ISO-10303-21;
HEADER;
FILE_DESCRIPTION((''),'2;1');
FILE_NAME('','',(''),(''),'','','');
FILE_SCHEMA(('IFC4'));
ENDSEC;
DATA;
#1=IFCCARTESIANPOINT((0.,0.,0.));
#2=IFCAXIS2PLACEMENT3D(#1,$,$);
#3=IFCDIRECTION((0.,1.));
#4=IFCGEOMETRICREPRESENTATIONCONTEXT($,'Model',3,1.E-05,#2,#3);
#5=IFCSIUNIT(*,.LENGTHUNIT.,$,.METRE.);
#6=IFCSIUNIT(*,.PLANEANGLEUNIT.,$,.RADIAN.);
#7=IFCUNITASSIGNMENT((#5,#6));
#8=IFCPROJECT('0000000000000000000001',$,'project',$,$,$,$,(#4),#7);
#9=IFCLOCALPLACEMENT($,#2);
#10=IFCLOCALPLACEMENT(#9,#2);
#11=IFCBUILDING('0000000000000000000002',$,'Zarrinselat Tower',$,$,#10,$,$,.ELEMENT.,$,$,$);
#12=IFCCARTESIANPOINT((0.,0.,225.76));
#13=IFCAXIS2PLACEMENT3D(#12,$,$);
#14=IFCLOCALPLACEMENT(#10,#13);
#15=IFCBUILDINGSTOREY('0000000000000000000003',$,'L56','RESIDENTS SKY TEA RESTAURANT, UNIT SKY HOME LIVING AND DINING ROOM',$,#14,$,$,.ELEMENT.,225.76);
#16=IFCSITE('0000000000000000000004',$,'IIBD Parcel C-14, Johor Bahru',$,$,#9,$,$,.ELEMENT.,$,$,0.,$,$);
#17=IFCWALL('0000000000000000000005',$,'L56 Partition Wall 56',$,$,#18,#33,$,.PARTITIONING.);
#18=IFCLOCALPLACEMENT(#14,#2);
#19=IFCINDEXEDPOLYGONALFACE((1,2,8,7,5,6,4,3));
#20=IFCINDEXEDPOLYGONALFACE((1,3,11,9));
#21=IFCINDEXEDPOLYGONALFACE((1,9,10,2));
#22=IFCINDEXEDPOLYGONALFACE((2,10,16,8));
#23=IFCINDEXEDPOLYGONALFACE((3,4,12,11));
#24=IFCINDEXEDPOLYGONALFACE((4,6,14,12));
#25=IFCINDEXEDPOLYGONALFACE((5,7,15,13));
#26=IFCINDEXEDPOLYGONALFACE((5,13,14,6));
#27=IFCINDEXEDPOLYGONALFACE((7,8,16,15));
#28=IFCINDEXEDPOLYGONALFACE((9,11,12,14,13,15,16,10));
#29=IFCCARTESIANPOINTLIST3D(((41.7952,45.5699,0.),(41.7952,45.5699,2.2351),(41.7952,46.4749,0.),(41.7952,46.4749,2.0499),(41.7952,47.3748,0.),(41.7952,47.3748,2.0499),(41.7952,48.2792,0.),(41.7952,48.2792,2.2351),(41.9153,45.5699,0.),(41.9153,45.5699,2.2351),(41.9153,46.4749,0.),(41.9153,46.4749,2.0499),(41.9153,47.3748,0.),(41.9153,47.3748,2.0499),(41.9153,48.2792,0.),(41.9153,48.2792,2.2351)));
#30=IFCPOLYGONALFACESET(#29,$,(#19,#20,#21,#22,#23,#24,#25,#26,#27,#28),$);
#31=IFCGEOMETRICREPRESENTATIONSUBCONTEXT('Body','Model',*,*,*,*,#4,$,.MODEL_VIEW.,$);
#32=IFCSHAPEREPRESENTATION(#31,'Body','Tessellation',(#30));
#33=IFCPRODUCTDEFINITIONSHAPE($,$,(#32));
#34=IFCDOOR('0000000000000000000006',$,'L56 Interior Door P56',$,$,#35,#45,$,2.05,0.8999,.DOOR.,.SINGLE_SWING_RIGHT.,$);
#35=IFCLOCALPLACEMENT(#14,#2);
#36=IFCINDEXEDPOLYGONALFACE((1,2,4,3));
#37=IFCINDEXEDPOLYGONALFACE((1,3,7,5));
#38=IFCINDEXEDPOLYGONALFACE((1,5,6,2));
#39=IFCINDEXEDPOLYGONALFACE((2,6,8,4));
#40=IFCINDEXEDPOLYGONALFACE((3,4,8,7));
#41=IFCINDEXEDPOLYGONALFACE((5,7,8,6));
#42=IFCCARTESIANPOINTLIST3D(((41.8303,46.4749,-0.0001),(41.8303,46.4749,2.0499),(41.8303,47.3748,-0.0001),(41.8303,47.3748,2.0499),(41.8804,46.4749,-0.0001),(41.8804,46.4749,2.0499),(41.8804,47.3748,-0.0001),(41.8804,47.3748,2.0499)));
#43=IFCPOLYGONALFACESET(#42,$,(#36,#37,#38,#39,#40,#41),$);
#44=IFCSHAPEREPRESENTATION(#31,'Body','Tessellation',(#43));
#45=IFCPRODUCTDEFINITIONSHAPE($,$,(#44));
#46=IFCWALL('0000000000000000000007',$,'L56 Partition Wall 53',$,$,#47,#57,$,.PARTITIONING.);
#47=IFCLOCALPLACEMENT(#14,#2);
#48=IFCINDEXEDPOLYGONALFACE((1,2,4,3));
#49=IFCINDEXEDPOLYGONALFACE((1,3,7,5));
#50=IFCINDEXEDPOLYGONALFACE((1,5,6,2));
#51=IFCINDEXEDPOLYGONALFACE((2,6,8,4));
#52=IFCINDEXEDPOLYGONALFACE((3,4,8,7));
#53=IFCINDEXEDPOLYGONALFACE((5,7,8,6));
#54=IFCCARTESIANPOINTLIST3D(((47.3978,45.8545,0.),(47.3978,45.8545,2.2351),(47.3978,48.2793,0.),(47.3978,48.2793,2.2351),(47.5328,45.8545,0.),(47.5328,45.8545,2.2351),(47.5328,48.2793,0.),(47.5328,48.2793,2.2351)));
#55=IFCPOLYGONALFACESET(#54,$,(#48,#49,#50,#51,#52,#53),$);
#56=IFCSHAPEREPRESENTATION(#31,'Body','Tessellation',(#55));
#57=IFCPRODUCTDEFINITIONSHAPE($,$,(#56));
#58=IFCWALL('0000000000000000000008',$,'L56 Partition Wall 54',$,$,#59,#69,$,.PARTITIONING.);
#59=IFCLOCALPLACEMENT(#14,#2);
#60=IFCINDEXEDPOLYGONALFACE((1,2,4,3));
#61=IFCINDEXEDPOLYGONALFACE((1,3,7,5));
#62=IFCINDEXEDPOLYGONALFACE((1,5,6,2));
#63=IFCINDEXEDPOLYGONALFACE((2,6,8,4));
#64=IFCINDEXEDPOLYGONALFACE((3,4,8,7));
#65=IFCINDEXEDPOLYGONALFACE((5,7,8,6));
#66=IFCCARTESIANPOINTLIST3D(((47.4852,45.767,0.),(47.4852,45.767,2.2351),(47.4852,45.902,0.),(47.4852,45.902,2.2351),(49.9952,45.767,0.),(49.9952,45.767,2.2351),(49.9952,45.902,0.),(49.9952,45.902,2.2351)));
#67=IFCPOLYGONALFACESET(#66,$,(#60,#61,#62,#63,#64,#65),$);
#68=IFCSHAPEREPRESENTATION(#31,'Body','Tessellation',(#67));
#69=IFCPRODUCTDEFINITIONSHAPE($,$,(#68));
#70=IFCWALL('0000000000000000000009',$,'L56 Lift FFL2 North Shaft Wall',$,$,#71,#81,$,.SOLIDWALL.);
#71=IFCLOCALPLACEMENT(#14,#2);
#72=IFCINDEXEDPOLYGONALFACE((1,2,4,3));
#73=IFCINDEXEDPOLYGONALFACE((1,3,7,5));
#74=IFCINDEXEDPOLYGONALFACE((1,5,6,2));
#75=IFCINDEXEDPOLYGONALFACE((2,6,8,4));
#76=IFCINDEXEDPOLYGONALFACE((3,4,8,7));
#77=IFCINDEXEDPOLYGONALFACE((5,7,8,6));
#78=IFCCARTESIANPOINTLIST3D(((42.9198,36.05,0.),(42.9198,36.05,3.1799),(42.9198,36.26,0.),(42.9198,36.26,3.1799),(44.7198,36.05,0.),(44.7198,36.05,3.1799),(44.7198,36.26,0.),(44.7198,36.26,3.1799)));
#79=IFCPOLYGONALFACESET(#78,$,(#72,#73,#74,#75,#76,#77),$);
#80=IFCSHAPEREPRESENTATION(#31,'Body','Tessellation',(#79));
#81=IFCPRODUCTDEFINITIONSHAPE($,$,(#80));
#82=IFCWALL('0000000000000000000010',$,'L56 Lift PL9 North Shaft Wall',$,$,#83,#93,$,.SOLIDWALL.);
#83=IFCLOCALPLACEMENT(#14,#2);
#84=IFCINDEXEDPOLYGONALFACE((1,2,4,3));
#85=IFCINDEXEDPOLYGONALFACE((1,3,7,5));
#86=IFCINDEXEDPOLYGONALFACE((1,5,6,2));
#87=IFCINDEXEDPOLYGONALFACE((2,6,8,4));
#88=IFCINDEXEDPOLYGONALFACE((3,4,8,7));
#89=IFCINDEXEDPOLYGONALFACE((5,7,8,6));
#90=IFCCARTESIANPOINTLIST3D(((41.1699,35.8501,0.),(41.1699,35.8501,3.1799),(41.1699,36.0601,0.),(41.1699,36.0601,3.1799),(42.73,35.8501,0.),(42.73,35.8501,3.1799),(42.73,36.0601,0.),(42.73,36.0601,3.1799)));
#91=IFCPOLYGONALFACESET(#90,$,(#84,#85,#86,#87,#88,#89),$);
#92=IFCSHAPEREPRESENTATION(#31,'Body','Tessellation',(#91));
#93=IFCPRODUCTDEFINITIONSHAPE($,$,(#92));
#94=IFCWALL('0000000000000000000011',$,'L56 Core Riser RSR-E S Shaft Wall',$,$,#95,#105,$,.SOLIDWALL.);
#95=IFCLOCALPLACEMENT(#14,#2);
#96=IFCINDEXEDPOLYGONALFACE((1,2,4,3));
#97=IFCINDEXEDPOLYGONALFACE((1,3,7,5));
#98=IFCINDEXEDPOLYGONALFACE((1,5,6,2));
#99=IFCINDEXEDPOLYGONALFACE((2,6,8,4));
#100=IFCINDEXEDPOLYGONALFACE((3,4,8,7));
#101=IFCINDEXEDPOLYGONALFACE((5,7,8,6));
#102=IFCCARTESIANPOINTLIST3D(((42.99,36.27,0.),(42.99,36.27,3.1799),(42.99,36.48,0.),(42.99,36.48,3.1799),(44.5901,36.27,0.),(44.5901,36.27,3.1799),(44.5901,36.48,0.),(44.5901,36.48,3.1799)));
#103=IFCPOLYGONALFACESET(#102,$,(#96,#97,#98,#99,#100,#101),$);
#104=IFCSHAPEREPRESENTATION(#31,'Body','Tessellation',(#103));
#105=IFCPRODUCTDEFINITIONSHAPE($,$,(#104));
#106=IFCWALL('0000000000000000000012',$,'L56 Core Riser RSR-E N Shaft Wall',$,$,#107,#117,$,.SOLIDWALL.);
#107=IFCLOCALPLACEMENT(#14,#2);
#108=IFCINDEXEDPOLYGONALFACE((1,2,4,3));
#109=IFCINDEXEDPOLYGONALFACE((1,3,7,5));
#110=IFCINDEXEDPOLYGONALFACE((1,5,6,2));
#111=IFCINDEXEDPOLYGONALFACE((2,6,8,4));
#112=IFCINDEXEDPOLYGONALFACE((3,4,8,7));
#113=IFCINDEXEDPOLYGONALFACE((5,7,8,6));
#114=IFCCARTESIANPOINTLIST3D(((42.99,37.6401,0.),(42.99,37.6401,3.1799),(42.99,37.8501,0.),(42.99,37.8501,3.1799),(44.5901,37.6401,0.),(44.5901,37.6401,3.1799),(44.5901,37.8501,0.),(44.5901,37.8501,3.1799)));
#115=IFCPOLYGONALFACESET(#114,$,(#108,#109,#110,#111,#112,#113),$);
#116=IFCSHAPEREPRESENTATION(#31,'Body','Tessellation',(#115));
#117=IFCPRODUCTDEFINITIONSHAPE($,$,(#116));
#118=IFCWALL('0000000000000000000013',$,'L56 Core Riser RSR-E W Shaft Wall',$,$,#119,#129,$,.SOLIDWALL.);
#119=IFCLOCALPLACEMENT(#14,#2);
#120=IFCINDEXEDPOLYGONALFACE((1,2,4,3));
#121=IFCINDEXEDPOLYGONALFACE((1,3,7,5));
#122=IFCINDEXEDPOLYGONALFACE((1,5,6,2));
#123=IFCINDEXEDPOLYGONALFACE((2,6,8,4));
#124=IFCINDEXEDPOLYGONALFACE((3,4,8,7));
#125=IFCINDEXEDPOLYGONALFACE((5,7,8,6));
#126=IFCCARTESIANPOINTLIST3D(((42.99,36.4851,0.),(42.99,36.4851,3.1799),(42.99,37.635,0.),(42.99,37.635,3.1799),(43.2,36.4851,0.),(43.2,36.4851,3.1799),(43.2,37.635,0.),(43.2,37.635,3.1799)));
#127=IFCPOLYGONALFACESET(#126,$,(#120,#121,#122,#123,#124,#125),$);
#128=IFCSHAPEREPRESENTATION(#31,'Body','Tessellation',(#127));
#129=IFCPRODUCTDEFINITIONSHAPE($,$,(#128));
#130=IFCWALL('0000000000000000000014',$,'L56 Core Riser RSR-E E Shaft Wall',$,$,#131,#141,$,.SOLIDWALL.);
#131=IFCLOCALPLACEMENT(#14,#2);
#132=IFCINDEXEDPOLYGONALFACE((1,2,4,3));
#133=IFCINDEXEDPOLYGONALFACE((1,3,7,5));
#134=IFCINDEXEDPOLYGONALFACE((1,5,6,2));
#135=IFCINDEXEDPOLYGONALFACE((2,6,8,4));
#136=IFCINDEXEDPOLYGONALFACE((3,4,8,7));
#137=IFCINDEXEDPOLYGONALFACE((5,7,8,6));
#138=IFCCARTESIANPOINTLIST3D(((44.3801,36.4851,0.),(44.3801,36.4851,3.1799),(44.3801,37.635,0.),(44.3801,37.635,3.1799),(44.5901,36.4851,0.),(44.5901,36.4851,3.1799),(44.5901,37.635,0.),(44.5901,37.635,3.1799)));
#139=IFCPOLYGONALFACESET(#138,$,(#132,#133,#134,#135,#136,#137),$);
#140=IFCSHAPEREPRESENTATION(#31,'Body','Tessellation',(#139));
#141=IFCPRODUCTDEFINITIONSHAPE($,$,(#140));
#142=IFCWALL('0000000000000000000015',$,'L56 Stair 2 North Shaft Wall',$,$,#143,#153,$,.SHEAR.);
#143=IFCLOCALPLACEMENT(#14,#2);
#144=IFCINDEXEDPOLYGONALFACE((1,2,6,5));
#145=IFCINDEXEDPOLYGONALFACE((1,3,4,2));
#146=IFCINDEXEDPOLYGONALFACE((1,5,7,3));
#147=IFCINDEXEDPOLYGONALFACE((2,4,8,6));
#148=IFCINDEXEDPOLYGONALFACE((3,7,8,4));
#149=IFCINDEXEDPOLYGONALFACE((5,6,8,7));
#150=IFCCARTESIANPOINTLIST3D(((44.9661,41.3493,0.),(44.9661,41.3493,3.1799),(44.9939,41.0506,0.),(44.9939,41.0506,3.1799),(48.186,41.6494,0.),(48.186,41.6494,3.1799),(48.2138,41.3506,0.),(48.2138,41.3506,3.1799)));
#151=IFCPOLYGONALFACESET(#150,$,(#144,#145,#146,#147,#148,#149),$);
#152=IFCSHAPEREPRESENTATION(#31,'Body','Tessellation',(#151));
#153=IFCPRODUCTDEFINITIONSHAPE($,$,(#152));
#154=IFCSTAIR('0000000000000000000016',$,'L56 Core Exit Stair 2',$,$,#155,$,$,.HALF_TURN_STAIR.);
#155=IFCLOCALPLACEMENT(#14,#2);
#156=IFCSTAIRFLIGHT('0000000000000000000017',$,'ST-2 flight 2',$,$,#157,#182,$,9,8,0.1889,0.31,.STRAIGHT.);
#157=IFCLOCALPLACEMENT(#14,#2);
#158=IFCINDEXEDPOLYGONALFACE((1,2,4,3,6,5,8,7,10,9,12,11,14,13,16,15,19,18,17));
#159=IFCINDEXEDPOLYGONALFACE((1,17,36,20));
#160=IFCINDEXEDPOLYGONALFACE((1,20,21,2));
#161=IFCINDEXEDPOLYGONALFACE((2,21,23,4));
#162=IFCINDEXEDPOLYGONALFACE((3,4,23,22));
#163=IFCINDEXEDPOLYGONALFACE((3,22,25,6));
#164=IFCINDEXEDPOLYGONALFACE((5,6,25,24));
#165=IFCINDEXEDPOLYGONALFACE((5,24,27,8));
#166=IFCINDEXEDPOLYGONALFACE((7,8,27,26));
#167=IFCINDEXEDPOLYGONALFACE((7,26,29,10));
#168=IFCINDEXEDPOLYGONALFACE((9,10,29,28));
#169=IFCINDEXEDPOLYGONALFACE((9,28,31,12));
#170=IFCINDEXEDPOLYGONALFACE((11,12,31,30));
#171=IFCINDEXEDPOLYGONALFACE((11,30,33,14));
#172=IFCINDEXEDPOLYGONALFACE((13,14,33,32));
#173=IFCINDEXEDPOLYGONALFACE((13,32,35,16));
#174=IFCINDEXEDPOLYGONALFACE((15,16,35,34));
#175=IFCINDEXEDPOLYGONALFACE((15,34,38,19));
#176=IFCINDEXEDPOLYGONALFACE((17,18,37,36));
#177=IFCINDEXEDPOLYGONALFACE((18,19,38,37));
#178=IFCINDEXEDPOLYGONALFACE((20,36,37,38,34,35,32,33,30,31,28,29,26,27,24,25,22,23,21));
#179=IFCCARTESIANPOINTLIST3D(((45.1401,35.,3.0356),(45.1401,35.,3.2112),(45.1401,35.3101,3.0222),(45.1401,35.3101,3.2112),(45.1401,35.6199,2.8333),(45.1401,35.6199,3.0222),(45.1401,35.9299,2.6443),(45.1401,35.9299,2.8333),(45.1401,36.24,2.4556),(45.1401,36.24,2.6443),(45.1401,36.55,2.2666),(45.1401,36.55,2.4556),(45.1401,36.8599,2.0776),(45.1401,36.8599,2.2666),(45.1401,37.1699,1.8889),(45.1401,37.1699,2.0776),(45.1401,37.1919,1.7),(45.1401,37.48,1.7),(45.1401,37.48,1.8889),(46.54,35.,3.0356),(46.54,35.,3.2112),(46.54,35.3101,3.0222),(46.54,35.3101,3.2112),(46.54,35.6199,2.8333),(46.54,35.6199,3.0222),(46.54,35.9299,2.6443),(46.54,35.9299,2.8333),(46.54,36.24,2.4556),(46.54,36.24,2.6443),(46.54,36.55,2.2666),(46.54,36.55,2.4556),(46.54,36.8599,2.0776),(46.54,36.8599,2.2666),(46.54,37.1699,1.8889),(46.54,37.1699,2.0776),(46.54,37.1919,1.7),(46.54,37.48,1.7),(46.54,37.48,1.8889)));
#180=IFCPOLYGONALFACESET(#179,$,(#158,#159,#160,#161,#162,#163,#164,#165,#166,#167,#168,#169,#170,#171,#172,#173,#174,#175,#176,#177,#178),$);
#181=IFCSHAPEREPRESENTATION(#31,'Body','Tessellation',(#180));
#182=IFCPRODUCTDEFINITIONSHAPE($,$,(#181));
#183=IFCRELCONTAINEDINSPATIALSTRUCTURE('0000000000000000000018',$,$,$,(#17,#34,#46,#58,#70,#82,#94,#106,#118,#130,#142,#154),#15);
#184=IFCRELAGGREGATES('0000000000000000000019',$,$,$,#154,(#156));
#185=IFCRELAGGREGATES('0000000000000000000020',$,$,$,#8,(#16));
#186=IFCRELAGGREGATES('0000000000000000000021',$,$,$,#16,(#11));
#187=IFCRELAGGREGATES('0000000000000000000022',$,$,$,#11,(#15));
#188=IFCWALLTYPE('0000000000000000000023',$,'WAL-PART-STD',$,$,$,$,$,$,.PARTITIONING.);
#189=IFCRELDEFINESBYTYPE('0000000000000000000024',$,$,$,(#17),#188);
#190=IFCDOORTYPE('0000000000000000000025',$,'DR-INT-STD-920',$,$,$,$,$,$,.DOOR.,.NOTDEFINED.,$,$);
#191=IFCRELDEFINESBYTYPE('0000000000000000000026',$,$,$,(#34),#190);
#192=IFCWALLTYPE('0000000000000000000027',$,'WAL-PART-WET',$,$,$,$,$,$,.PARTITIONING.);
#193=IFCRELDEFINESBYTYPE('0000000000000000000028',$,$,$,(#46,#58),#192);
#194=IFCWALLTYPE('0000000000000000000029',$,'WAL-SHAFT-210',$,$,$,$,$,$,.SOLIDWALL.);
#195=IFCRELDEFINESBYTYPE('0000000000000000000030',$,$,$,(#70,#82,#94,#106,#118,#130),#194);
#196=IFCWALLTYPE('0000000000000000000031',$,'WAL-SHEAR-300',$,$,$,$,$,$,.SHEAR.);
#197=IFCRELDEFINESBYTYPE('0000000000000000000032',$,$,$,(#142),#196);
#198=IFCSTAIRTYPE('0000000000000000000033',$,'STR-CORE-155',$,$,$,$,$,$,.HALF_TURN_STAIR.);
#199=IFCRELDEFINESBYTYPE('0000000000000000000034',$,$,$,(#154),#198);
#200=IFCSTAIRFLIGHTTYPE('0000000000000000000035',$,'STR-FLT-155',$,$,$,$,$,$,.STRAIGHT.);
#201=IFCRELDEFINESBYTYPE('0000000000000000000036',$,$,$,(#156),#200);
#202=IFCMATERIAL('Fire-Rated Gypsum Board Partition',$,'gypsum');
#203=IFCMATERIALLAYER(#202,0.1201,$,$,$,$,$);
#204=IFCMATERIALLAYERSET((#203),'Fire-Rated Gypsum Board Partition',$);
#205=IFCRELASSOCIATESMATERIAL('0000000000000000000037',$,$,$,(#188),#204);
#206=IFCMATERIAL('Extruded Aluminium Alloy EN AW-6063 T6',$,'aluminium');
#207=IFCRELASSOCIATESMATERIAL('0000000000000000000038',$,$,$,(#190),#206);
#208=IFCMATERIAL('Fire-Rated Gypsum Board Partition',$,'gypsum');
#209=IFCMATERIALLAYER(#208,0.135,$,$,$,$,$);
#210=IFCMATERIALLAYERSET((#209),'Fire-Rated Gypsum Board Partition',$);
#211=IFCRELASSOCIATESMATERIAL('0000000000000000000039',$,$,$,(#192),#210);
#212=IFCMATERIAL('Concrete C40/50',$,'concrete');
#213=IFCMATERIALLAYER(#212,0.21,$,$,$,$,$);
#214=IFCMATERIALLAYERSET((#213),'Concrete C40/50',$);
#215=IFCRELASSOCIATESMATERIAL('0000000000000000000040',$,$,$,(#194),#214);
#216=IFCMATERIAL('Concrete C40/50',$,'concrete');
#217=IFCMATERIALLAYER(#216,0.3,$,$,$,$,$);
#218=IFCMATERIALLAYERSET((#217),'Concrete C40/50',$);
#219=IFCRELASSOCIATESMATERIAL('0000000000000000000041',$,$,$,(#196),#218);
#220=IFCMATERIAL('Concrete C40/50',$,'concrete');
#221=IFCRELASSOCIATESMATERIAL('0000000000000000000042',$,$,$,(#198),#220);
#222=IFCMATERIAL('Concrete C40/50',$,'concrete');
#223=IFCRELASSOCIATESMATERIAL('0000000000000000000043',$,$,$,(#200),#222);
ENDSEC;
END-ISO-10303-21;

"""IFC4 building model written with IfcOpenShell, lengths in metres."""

from ifc_helpers import new_model, si_unit, direction, frame, frame_2d, origin, place, context, subcontext, project, spatial, polyline, rectangle, outline, extrude, material, layer, layer_set, type_object, element, fill, aggregate, save


model = new_model("IFC4")

# Units and contexts
model_context = context("Model", 3, precision=1e-05, world=origin(), true_north=direction((0.0, 1.0)))
body_context = subcontext(model_context, "Body", "Model", "MODEL_VIEW")
ifc_project = project(units=[si_unit("LENGTHUNIT", "METRE"), si_unit("PLANEANGLEUNIT", "RADIAN")], contexts=[model_context])

# Site, building, storey
site_placement = place(None, origin())
site = spatial("IfcSite", under=ifc_project, at=site_placement, Name="IIBD Parcel C-14, Johor Bahru", CompositionType="ELEMENT", RefElevation=0.0)
building_placement = place(site_placement, origin())
building = spatial("IfcBuilding", under=site, at=building_placement, Name="Zarrinselat Tower", CompositionType="ELEMENT")
storey_placement = place(building_placement, frame((0.0, 0.0, 225.76)))
storey = spatial("IfcBuildingStorey", under=building, at=storey_placement, Name="L56", Description="RESIDENTS SKY TEA RESTAURANT, UNIT SKY HOME LIVING AND DINING ROOM", CompositionType="ELEMENT", Elevation=225.76)

# Wall, opening, door
ifc_material_1 = material(Name="Fire-Rated Gypsum Board Partition", Category="gypsum")
ifc_layer_1 = layer(ifc_material_1, 0.1201)
ifc_layer_set_1 = layer_set([ifc_layer_1], Name="Fire-Rated Gypsum Board Partition")
wall_type_1 = type_object("IfcWallType", Name="WAL-PART-STD", PredefinedType="PARTITIONING", material=ifc_layer_set_1)
wall_1_placement = place(storey_placement, frame((41.8552, 45.5701, 0.0), z_axis=(0.0, 0.0, 1.0), x_axis=(0.0, 1.0, 0.0)))
wall_1 = element("IfcWall", 1, at=wall_1_placement, inside=storey, type_object=wall_type_1, Name="L56 Partition Wall 56", PredefinedType="PARTITIONING", context=body_context, shape_type="SweptSolid", body=[
    extrude(rectangle(XDim=2.7092, YDim=0.1201, at=frame_2d((1.3545, 0.0))), origin(), (0.0, 0.0, 1.0), 2.2351),
])
opening_1_placement = place(wall_1_placement, frame((0.9048, 0.0, 0.0)))
opening_1 = element("IfcOpeningElement", 2, at=opening_1_placement, cuts=wall_1, PredefinedType="OPENING", context=body_context, shape_type="SweptSolid", body=[
    extrude(rectangle(XDim=0.8999, YDim=2.05, at=frame_2d((0.45, 1.0249))), frame((0.0, 0.0701, 0.0), z_axis=(0.0, -1.0, 0.0), x_axis=(1.0, 0.0, 0.0)), (0.0, 0.0, 1.0), 0.1401),
])
ifc_material_2 = material(Name="Extruded Aluminium Alloy EN AW-6063 T6", Category="aluminium")
door_type_1 = type_object("IfcDoorType", Name="DR-INT-STD-920", OperationType="NOTDEFINED", PredefinedType="DOOR", material=ifc_material_2)
door_1_placement = place(opening_1_placement, origin())
door_1 = element("IfcDoor", 3, at=door_1_placement, inside=storey, type_object=door_type_1, Name="L56 Interior Door P56", OperationType="SINGLE_SWING_RIGHT", OverallHeight=2.05, OverallWidth=0.8999, PredefinedType="DOOR", context=body_context, shape_type="SweptSolid", body=[
    extrude(rectangle(XDim=0.8999, YDim=2.05, at=frame_2d((0.45, 1.0249))), frame((0.0, 0.0249, 0.0), z_axis=(0.0, -1.0, 0.0), x_axis=(1.0, 0.0, 0.0)), (0.0, 0.0, 1.0), 0.05),
])
fill(opening_1, door_1)

# Walls
ifc_material_3 = material(Name="Fire-Rated Gypsum Board Partition", Category="gypsum")
ifc_layer_2 = layer(ifc_material_3, 0.135)
ifc_layer_set_2 = layer_set([ifc_layer_2], Name="Fire-Rated Gypsum Board Partition")
wall_type_2 = type_object("IfcWallType", Name="WAL-PART-WET", PredefinedType="PARTITIONING", material=ifc_layer_set_2)
wall_2_placement = place(storey_placement, frame((47.4653, 45.8545, 0.0), z_axis=(0.0, 0.0, 1.0), x_axis=(0.0, 1.0, 0.0)))
element("IfcWall", 4, at=wall_2_placement, inside=storey, type_object=wall_type_2, Name="L56 Partition Wall 53", PredefinedType="PARTITIONING", context=body_context, shape_type="SweptSolid", body=[
    extrude(rectangle(XDim=2.4248, YDim=0.135, at=frame_2d((1.2124, 0.0))), origin(), (0.0, 0.0, 1.0), 2.2351),
])
wall_3_placement = place(storey_placement, frame((47.4854, 45.8345, 0.0), z_axis=(0.0, 0.0, 1.0), x_axis=(1.0, 0.0, 0.0)))
element("IfcWall", 5, at=wall_3_placement, inside=storey, type_object=wall_type_2, Name="L56 Partition Wall 54", PredefinedType="PARTITIONING", context=body_context, shape_type="SweptSolid", body=[
    extrude(rectangle(XDim=2.51, YDim=0.135, at=frame_2d((1.2549, 0.0))), origin(), (0.0, 0.0, 1.0), 2.2351),
])
ifc_material_4 = material(Name="Concrete C40/50", Category="concrete")
ifc_layer_3 = layer(ifc_material_4, 0.21)
ifc_layer_set_3 = layer_set([ifc_layer_3], Name="Concrete C40/50")
wall_type_3 = type_object("IfcWallType", Name="WAL-SHAFT-210", PredefinedType="SOLIDWALL", material=ifc_layer_set_3)
wall_4_placement = place(storey_placement, frame((42.9199, 36.155, 0.0), z_axis=(0.0, 0.0, 1.0), x_axis=(1.0, 0.0, 0.0)))
element("IfcWall", 6, at=wall_4_placement, inside=storey, type_object=wall_type_3, Name="L56 Lift FFL2 North Shaft Wall", PredefinedType="SOLIDWALL", context=body_context, shape_type="SweptSolid", body=[
    extrude(rectangle(XDim=1.8, YDim=0.21, at=frame_2d((0.8999, 0.0))), origin(), (0.0, 0.0, 1.0), 3.1799),
])
wall_5_placement = place(storey_placement, frame((41.1699, 35.9551, 0.0), z_axis=(0.0, 0.0, 1.0), x_axis=(1.0, 0.0, 0.0)))
element("IfcWall", 7, at=wall_5_placement, inside=storey, type_object=wall_type_3, Name="L56 Lift PL9 North Shaft Wall", PredefinedType="SOLIDWALL", context=body_context, shape_type="SweptSolid", body=[
    extrude(rectangle(XDim=1.5601, YDim=0.21, at=frame_2d((0.78, 0.0))), origin(), (0.0, 0.0, 1.0), 3.1799),
])
for number, where, z_axis, x_axis, name in (
    (8, (42.99, 36.375, 0.0), (0.0, 0.0, 1.0), (1.0, 0.0, 0.0), "L56 Core Riser RSR-E S Shaft Wall"),
    (9, (42.99, 37.7451, 0.0), (0.0, 0.0, 1.0), (1.0, 0.0, 0.0), "L56 Core Riser RSR-E N Shaft Wall"),
):
    element("IfcWall", number, at=place(storey_placement, frame(where, z_axis=z_axis, x_axis=x_axis)), inside=storey, type_object=wall_type_3, Name=name, PredefinedType="SOLIDWALL", context=body_context, shape_type="SweptSolid", body=[
        extrude(rectangle(XDim=1.6001, YDim=0.21, at=frame_2d((0.8, 0.0))), origin(), (0.0, 0.0, 1.0), 3.1799),
    ])
for number, where, z_axis, x_axis, name in (
    (10, (43.095, 36.4851, 0.0), (0.0, 0.0, 1.0), (0.0, 1.0, 0.0), "L56 Core Riser RSR-E W Shaft Wall"),
    (11, (44.4851, 36.4851, 0.0), (0.0, 0.0, 1.0), (0.0, 1.0, 0.0), "L56 Core Riser RSR-E E Shaft Wall"),
):
    element("IfcWall", number, at=place(storey_placement, frame(where, z_axis=z_axis, x_axis=x_axis)), inside=storey, type_object=wall_type_3, Name=name, PredefinedType="SOLIDWALL", context=body_context, shape_type="SweptSolid", body=[
        extrude(rectangle(XDim=1.1499, YDim=0.21, at=frame_2d((0.575, 0.0))), origin(), (0.0, 0.0, 1.0), 3.1799),
    ])
ifc_material_5 = material(Name="Concrete C40/50", Category="concrete")
ifc_layer_4 = layer(ifc_material_5, 0.3)
ifc_layer_set_4 = layer_set([ifc_layer_4], Name="Concrete C40/50")
wall_type_4 = type_object("IfcWallType", Name="WAL-SHEAR-300", PredefinedType="SHEAR", material=ifc_layer_set_4)
wall_6_placement = place(storey_placement, frame((44.98, 41.2, 0.0), z_axis=(0.0, 0.0, 1.0), x_axis=(0.995686, 0.092782, 0.0)))
element("IfcWall", 12, at=wall_6_placement, inside=storey, type_object=wall_type_4, Name="L56 Stair 2 North Shaft Wall", PredefinedType="SHEAR", context=body_context, shape_type="SweptSolid", body=[
    extrude(rectangle(XDim=3.2339, YDim=0.3, at=frame_2d((1.6169, 0.0))), origin(), (0.0, 0.0, 1.0), 3.1799),
])

# Stair, stair flight
ifc_material_6 = material(Name="Concrete C40/50", Category="concrete")
stair_type = type_object("IfcStairType", Name="STR-CORE-155", PredefinedType="HALF_TURN_STAIR", material=ifc_material_6)
stair_placement = place(storey_placement, origin())
stair = element("IfcStair", 13, at=stair_placement, inside=storey, type_object=stair_type, Name="L56 Core Exit Stair 2", PredefinedType="HALF_TURN_STAIR")
ifc_material_7 = material(Name="Concrete C40/50", Category="concrete")
stair_flight_type = type_object("IfcStairFlightType", Name="STR-FLT-155", PredefinedType="STRAIGHT", material=ifc_material_7)
stair_flight_placement = place(storey_placement, frame((45.8401, 37.48, 1.7), z_axis=(0.0, 0.0, 1.0), x_axis=(0.0, -1.0, 0.0)))
stair_flight = element("IfcStairFlight", 14, at=stair_flight_placement, type_object=stair_flight_type, Name="ST-2 flight 2", NumberOfRisers=9, NumberOfTreads=8, PredefinedType="STRAIGHT", RiserHeight=0.1889, TreadLength=0.31, context=body_context, shape_type="SweptSolid", body=[
    extrude(outline(polyline([(0.0, 0.0), (0.0, 0.189), (0.3101, 0.189), (0.3101, 0.3777), (0.6201, 0.3777), (0.6201, 0.5667), (0.9299, 0.5667), (0.9299, 0.7556), (1.24, 0.7556), (1.24, 0.9443), (1.55, 0.9443), (1.55, 1.1333), (1.8601, 1.1333), (1.8601, 1.3223), (2.1699, 1.3223), (2.1699, 1.5112), (2.48, 1.5112), (2.48, 1.7), (2.48, 1.3357), (0.2881, 0.0), (0.0, 0.0)])), frame((0.0, 0.7, 0.0), z_axis=(0.0, -1.0, 0.0), x_axis=(1.0, 0.0, 0.0)), (0.0, 0.0, 1.0), 1.3999),
])
aggregate(stair, [stair_flight])

save(model, "model.ifc")
